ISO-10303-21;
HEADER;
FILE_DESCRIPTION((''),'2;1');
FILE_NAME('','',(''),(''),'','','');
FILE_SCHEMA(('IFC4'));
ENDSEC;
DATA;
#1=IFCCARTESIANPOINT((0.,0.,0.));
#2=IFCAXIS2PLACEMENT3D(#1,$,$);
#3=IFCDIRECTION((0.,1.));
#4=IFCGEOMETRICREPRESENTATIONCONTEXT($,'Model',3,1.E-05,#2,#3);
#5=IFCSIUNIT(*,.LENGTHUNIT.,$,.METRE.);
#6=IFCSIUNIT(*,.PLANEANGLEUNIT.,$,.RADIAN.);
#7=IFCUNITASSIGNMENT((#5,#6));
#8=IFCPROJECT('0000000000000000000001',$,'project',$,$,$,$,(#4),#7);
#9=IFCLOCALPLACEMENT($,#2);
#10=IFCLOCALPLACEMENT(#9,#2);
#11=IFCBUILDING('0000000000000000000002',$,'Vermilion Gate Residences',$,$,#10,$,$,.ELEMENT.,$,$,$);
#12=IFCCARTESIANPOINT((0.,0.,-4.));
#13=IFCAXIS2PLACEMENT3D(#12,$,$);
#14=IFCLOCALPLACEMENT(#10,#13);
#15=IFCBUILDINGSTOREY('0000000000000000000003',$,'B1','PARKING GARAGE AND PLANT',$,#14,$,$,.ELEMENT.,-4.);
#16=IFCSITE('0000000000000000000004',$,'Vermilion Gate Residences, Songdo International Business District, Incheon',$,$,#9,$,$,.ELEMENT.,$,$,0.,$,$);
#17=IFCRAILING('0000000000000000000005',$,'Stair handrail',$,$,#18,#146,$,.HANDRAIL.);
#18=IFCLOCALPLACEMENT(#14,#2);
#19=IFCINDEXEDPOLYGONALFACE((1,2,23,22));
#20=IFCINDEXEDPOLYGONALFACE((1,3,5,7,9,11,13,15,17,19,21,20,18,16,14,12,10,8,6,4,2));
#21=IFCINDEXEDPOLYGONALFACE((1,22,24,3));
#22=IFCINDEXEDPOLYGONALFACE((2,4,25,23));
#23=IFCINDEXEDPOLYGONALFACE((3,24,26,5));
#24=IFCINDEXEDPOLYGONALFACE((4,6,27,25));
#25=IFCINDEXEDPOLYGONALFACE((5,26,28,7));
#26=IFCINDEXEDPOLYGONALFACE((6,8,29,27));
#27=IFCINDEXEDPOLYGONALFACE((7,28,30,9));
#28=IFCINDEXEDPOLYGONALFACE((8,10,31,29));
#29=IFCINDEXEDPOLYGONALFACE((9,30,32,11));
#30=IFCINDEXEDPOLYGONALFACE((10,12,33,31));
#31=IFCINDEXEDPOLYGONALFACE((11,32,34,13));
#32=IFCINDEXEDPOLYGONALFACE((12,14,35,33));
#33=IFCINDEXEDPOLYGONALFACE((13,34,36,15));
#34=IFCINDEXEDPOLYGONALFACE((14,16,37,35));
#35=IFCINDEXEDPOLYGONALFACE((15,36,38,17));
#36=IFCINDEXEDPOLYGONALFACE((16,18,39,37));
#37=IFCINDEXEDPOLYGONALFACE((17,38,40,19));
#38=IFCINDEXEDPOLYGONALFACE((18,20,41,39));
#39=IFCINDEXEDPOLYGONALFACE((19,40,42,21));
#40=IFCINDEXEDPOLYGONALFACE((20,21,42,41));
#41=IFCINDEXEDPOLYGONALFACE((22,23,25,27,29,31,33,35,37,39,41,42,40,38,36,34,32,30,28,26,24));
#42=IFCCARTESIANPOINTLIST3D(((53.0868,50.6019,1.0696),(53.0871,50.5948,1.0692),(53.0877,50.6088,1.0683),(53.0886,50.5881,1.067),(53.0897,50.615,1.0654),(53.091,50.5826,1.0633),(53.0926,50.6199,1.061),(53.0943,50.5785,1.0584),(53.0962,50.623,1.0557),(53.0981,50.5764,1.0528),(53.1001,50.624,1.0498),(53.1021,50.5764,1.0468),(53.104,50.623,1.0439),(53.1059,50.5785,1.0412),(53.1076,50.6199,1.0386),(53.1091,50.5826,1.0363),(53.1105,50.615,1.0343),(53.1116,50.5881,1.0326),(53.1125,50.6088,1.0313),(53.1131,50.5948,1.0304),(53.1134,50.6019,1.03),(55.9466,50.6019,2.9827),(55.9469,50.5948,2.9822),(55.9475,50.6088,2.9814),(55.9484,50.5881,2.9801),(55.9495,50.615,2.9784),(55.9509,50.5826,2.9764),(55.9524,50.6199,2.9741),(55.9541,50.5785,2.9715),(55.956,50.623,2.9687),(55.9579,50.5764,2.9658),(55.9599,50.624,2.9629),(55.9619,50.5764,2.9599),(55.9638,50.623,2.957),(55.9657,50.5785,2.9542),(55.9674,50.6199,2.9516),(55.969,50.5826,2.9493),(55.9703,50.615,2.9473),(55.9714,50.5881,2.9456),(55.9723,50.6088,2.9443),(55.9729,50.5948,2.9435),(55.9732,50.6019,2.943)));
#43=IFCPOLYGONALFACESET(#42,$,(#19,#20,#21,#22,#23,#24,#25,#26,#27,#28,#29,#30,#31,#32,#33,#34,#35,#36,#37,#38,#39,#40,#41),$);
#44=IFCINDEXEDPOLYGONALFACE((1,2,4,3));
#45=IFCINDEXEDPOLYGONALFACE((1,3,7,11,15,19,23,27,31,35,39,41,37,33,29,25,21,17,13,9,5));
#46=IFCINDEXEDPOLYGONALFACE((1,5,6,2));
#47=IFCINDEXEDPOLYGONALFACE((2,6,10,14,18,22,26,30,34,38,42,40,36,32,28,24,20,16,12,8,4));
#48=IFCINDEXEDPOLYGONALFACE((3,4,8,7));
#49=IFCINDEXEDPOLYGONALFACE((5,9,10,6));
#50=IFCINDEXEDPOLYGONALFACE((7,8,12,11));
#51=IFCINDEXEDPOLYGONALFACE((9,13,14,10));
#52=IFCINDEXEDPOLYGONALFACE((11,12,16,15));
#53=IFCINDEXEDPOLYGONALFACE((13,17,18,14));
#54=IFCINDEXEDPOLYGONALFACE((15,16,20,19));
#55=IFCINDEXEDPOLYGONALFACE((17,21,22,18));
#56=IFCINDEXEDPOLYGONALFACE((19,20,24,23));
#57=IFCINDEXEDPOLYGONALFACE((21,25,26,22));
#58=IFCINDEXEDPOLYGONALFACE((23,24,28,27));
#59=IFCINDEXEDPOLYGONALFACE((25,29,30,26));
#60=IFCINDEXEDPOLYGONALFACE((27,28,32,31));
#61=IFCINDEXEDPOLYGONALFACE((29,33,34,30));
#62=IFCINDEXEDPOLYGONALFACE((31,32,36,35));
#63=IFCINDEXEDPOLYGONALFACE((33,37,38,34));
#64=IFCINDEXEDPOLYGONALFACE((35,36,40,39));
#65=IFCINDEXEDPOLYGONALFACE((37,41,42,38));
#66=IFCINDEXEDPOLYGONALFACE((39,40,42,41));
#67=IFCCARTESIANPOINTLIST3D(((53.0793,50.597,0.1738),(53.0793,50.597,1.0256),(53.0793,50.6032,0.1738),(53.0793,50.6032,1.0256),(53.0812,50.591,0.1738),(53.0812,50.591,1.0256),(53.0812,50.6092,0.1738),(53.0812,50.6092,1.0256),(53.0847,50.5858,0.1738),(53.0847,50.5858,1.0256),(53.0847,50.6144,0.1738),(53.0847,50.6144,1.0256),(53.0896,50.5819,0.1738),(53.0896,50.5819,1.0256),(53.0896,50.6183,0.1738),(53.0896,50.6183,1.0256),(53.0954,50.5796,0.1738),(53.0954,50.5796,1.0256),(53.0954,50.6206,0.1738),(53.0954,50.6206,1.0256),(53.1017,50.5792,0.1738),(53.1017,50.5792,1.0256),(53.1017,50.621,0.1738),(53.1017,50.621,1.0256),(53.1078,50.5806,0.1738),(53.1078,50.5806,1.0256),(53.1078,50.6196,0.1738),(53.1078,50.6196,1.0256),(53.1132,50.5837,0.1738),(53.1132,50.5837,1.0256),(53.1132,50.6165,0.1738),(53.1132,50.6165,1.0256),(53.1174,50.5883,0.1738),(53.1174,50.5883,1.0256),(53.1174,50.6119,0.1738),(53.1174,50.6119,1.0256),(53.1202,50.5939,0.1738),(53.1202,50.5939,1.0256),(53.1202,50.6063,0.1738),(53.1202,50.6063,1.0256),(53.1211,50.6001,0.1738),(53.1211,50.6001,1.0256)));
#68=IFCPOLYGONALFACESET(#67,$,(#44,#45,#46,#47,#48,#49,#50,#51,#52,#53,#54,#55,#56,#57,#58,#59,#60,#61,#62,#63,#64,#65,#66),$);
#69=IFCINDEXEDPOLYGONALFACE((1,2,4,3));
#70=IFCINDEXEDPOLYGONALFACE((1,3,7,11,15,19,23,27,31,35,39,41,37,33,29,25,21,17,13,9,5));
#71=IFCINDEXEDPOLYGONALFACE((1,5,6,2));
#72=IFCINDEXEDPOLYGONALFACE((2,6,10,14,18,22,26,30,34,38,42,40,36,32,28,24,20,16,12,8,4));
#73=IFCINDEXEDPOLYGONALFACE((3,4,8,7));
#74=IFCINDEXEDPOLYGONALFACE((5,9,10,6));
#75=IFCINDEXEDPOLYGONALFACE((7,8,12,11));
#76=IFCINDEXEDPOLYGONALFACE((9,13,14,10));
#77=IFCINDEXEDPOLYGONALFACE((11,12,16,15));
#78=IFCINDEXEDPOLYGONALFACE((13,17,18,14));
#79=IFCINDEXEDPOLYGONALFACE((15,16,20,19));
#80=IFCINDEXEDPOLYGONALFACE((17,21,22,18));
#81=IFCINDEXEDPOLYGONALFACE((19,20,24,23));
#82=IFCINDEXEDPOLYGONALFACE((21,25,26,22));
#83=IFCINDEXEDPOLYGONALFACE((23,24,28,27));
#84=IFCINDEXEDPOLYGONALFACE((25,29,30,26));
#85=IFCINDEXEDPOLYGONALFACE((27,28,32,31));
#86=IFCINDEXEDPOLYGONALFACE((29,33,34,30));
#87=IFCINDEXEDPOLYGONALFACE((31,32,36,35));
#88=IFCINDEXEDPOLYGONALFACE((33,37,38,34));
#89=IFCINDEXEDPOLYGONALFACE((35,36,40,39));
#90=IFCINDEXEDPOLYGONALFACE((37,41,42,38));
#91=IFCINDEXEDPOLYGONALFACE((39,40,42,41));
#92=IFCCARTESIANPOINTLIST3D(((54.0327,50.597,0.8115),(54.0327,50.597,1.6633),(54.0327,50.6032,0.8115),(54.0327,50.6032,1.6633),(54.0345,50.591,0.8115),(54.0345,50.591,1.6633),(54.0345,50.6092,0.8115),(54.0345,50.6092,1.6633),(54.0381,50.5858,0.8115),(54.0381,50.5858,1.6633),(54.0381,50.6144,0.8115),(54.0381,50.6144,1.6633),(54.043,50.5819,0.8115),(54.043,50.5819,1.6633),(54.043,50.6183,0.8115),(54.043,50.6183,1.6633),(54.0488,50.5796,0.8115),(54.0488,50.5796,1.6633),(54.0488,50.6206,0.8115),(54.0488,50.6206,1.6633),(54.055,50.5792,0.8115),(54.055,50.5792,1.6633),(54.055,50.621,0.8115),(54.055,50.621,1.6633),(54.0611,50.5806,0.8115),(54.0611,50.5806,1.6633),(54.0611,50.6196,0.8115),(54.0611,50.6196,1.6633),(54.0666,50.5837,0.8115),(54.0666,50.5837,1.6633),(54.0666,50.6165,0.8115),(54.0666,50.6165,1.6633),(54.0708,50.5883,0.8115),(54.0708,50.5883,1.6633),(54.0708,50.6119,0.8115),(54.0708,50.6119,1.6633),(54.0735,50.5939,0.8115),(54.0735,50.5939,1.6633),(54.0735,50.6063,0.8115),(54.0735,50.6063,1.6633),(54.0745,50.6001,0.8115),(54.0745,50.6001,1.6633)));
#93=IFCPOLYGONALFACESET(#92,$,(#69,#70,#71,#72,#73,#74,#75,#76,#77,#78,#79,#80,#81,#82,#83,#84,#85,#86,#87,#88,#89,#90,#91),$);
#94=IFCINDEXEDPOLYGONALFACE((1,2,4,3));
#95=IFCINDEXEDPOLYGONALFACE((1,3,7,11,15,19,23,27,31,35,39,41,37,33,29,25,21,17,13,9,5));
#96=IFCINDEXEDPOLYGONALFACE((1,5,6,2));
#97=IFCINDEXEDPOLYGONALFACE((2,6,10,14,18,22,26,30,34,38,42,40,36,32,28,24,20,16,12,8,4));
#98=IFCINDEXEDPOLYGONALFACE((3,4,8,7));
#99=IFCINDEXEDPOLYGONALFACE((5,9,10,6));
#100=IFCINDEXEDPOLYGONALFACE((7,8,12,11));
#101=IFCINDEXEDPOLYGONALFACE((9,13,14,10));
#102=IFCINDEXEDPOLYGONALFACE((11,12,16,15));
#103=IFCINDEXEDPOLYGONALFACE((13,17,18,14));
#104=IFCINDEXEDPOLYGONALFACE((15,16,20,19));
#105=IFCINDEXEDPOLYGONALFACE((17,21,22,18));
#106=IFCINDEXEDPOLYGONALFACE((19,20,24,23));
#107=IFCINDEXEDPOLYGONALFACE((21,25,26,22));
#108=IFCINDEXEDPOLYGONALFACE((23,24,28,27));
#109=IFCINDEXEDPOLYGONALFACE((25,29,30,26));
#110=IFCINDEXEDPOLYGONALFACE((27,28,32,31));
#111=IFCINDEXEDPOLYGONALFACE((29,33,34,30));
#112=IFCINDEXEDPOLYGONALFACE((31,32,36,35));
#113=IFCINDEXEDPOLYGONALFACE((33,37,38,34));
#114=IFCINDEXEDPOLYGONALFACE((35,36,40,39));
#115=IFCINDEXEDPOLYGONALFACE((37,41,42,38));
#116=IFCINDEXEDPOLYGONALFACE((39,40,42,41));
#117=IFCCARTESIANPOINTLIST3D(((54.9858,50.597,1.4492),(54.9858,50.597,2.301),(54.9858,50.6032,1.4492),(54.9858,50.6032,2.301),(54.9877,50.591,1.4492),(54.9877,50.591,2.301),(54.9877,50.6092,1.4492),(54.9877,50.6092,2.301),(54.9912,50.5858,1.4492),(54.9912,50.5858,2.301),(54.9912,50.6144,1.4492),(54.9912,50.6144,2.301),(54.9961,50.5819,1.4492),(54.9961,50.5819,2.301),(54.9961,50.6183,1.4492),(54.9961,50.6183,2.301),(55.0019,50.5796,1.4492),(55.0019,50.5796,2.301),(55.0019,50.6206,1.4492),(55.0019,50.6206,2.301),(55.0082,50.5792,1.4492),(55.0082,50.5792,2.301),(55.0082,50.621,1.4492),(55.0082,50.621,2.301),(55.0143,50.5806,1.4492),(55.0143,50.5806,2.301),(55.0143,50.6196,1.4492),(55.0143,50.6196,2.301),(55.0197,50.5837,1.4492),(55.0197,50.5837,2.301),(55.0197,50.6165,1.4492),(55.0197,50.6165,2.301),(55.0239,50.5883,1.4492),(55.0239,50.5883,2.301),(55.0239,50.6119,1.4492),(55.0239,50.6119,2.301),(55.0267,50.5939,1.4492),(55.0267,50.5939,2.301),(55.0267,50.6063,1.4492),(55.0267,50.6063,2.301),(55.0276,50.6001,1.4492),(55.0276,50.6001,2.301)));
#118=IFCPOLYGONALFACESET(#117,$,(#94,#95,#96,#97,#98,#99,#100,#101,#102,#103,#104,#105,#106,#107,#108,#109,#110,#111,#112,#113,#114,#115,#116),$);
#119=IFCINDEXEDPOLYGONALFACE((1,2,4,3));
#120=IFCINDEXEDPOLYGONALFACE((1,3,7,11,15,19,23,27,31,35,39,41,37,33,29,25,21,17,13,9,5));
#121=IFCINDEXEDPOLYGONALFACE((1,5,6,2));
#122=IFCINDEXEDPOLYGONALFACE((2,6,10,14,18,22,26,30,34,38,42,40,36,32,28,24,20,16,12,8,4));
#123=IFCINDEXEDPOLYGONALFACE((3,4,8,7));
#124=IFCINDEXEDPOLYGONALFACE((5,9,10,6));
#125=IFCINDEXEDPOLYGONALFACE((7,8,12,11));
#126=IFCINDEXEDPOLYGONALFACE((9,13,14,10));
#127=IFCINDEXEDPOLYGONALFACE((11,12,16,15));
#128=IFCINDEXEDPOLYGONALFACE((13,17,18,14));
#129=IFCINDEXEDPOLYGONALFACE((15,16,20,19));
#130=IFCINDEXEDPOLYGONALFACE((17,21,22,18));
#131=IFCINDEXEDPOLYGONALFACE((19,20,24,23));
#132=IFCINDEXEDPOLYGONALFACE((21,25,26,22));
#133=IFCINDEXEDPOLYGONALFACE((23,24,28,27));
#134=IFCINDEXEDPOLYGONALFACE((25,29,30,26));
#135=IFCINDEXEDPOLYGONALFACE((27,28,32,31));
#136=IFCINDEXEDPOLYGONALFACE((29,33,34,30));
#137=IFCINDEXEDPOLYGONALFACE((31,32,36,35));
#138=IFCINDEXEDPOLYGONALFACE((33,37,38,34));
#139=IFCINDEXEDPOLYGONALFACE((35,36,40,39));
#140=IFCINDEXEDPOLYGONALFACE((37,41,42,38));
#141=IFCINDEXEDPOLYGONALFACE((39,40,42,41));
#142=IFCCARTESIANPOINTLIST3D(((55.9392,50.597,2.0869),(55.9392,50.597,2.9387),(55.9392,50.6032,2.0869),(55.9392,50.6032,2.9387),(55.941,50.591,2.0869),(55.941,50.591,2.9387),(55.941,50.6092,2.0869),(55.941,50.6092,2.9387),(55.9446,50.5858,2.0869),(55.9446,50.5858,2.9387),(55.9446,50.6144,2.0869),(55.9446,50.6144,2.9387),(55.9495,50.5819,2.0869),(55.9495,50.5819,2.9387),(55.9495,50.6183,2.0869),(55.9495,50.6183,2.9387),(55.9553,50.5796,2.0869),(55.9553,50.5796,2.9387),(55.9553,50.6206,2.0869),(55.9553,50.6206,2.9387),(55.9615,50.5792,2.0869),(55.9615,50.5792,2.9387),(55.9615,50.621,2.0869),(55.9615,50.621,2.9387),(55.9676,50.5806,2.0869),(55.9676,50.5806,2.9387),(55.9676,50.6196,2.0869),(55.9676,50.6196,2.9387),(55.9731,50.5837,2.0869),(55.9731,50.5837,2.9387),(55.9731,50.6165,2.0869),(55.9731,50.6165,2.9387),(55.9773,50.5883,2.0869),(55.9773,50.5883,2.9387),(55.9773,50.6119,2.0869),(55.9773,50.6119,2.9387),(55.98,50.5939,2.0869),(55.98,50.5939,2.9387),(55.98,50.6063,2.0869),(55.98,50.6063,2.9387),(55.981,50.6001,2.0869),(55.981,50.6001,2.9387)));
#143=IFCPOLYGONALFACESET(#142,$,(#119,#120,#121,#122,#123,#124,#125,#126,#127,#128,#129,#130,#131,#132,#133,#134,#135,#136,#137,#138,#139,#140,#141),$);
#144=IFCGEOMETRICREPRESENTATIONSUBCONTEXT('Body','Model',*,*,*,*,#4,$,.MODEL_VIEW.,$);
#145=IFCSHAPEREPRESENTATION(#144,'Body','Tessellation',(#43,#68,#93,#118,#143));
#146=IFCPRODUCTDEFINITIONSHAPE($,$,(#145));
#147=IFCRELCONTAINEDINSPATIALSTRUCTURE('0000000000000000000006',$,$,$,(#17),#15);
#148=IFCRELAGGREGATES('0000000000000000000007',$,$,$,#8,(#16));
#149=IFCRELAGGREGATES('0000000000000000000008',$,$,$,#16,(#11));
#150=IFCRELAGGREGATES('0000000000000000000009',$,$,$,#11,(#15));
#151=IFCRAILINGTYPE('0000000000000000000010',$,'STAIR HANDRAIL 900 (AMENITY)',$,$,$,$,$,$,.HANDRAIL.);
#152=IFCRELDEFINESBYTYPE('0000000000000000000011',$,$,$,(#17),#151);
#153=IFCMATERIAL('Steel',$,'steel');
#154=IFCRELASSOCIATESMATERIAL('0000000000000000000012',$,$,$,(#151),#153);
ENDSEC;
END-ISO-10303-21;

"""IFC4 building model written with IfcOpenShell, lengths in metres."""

from ifc_helpers import new_model, si_unit, direction, frame, origin, origin_2d, place, context, subcontext, project, spatial, circle, extrude, material, type_object, element, save


model = new_model("IFC4")

# Units and contexts
model_context = context("Model", 3, precision=1e-05, world=origin(), true_north=direction((0.0, 1.0)))
body_context = subcontext(model_context, "Body", "Model", "MODEL_VIEW")
ifc_project = project(units=[si_unit("LENGTHUNIT", "METRE"), si_unit("PLANEANGLEUNIT", "RADIAN")], contexts=[model_context])

# Site, building, storey
site_placement = place(None, origin())
site = spatial("IfcSite", under=ifc_project, at=site_placement, Name="Vermilion Gate Residences, Songdo International Business District, Incheon", CompositionType="ELEMENT", RefElevation=0.0)
building_placement = place(site_placement, origin())
building = spatial("IfcBuilding", under=site, at=building_placement, Name="Vermilion Gate Residences", CompositionType="ELEMENT")
storey_placement = place(building_placement, frame((0.0, 0.0, -4.0)))
storey = spatial("IfcBuildingStorey", under=building, at=storey_placement, Name="B1", Description="PARKING GARAGE AND PLANT", CompositionType="ELEMENT", Elevation=-4.0)

# Railing
ifc_material_1 = material(Name="Steel", Category="steel")
railing_type = type_object("IfcRailingType", Name="STAIR HANDRAIL 900 (AMENITY)", PredefinedType="HANDRAIL", material=ifc_material_1)
railing_1_placement = place(storey_placement, frame((53.1001, 50.6001, 0.1738)))
element("IfcRailing", 1, at=railing_1_placement, inside=storey, type_object=railing_type, Name="Stair handrail", PredefinedType="HANDRAIL", context=body_context, shape_type="SweptSolid", body=[
    extrude(circle(Radius=0.0239, at=origin_2d()), frame((0.0, 0.0, 0.876), z_axis=(0.831176, 0.0, 0.556009), x_axis=(0.0, 1.0, 0.0)), (0.0, 0.0, 1.0), 3.4407),
    extrude(circle(Radius=0.021, at=origin_2d()), origin(), (0.0, 0.0, 1.0), 0.8518),
    extrude(circle(Radius=0.021, at=origin_2d()), frame((0.9534, 0.0, 0.6377)), (0.0, 0.0, 1.0), 0.8518),
    extrude(circle(Radius=0.021, at=origin_2d()), frame((1.9065, 0.0, 1.2754)), (0.0, 0.0, 1.0), 0.8518),
    extrude(circle(Radius=0.021, at=origin_2d()), frame((2.8599, 0.0, 1.9131)), (0.0, 0.0, 1.0), 0.8518),
])

save(model, "model.ifc")
